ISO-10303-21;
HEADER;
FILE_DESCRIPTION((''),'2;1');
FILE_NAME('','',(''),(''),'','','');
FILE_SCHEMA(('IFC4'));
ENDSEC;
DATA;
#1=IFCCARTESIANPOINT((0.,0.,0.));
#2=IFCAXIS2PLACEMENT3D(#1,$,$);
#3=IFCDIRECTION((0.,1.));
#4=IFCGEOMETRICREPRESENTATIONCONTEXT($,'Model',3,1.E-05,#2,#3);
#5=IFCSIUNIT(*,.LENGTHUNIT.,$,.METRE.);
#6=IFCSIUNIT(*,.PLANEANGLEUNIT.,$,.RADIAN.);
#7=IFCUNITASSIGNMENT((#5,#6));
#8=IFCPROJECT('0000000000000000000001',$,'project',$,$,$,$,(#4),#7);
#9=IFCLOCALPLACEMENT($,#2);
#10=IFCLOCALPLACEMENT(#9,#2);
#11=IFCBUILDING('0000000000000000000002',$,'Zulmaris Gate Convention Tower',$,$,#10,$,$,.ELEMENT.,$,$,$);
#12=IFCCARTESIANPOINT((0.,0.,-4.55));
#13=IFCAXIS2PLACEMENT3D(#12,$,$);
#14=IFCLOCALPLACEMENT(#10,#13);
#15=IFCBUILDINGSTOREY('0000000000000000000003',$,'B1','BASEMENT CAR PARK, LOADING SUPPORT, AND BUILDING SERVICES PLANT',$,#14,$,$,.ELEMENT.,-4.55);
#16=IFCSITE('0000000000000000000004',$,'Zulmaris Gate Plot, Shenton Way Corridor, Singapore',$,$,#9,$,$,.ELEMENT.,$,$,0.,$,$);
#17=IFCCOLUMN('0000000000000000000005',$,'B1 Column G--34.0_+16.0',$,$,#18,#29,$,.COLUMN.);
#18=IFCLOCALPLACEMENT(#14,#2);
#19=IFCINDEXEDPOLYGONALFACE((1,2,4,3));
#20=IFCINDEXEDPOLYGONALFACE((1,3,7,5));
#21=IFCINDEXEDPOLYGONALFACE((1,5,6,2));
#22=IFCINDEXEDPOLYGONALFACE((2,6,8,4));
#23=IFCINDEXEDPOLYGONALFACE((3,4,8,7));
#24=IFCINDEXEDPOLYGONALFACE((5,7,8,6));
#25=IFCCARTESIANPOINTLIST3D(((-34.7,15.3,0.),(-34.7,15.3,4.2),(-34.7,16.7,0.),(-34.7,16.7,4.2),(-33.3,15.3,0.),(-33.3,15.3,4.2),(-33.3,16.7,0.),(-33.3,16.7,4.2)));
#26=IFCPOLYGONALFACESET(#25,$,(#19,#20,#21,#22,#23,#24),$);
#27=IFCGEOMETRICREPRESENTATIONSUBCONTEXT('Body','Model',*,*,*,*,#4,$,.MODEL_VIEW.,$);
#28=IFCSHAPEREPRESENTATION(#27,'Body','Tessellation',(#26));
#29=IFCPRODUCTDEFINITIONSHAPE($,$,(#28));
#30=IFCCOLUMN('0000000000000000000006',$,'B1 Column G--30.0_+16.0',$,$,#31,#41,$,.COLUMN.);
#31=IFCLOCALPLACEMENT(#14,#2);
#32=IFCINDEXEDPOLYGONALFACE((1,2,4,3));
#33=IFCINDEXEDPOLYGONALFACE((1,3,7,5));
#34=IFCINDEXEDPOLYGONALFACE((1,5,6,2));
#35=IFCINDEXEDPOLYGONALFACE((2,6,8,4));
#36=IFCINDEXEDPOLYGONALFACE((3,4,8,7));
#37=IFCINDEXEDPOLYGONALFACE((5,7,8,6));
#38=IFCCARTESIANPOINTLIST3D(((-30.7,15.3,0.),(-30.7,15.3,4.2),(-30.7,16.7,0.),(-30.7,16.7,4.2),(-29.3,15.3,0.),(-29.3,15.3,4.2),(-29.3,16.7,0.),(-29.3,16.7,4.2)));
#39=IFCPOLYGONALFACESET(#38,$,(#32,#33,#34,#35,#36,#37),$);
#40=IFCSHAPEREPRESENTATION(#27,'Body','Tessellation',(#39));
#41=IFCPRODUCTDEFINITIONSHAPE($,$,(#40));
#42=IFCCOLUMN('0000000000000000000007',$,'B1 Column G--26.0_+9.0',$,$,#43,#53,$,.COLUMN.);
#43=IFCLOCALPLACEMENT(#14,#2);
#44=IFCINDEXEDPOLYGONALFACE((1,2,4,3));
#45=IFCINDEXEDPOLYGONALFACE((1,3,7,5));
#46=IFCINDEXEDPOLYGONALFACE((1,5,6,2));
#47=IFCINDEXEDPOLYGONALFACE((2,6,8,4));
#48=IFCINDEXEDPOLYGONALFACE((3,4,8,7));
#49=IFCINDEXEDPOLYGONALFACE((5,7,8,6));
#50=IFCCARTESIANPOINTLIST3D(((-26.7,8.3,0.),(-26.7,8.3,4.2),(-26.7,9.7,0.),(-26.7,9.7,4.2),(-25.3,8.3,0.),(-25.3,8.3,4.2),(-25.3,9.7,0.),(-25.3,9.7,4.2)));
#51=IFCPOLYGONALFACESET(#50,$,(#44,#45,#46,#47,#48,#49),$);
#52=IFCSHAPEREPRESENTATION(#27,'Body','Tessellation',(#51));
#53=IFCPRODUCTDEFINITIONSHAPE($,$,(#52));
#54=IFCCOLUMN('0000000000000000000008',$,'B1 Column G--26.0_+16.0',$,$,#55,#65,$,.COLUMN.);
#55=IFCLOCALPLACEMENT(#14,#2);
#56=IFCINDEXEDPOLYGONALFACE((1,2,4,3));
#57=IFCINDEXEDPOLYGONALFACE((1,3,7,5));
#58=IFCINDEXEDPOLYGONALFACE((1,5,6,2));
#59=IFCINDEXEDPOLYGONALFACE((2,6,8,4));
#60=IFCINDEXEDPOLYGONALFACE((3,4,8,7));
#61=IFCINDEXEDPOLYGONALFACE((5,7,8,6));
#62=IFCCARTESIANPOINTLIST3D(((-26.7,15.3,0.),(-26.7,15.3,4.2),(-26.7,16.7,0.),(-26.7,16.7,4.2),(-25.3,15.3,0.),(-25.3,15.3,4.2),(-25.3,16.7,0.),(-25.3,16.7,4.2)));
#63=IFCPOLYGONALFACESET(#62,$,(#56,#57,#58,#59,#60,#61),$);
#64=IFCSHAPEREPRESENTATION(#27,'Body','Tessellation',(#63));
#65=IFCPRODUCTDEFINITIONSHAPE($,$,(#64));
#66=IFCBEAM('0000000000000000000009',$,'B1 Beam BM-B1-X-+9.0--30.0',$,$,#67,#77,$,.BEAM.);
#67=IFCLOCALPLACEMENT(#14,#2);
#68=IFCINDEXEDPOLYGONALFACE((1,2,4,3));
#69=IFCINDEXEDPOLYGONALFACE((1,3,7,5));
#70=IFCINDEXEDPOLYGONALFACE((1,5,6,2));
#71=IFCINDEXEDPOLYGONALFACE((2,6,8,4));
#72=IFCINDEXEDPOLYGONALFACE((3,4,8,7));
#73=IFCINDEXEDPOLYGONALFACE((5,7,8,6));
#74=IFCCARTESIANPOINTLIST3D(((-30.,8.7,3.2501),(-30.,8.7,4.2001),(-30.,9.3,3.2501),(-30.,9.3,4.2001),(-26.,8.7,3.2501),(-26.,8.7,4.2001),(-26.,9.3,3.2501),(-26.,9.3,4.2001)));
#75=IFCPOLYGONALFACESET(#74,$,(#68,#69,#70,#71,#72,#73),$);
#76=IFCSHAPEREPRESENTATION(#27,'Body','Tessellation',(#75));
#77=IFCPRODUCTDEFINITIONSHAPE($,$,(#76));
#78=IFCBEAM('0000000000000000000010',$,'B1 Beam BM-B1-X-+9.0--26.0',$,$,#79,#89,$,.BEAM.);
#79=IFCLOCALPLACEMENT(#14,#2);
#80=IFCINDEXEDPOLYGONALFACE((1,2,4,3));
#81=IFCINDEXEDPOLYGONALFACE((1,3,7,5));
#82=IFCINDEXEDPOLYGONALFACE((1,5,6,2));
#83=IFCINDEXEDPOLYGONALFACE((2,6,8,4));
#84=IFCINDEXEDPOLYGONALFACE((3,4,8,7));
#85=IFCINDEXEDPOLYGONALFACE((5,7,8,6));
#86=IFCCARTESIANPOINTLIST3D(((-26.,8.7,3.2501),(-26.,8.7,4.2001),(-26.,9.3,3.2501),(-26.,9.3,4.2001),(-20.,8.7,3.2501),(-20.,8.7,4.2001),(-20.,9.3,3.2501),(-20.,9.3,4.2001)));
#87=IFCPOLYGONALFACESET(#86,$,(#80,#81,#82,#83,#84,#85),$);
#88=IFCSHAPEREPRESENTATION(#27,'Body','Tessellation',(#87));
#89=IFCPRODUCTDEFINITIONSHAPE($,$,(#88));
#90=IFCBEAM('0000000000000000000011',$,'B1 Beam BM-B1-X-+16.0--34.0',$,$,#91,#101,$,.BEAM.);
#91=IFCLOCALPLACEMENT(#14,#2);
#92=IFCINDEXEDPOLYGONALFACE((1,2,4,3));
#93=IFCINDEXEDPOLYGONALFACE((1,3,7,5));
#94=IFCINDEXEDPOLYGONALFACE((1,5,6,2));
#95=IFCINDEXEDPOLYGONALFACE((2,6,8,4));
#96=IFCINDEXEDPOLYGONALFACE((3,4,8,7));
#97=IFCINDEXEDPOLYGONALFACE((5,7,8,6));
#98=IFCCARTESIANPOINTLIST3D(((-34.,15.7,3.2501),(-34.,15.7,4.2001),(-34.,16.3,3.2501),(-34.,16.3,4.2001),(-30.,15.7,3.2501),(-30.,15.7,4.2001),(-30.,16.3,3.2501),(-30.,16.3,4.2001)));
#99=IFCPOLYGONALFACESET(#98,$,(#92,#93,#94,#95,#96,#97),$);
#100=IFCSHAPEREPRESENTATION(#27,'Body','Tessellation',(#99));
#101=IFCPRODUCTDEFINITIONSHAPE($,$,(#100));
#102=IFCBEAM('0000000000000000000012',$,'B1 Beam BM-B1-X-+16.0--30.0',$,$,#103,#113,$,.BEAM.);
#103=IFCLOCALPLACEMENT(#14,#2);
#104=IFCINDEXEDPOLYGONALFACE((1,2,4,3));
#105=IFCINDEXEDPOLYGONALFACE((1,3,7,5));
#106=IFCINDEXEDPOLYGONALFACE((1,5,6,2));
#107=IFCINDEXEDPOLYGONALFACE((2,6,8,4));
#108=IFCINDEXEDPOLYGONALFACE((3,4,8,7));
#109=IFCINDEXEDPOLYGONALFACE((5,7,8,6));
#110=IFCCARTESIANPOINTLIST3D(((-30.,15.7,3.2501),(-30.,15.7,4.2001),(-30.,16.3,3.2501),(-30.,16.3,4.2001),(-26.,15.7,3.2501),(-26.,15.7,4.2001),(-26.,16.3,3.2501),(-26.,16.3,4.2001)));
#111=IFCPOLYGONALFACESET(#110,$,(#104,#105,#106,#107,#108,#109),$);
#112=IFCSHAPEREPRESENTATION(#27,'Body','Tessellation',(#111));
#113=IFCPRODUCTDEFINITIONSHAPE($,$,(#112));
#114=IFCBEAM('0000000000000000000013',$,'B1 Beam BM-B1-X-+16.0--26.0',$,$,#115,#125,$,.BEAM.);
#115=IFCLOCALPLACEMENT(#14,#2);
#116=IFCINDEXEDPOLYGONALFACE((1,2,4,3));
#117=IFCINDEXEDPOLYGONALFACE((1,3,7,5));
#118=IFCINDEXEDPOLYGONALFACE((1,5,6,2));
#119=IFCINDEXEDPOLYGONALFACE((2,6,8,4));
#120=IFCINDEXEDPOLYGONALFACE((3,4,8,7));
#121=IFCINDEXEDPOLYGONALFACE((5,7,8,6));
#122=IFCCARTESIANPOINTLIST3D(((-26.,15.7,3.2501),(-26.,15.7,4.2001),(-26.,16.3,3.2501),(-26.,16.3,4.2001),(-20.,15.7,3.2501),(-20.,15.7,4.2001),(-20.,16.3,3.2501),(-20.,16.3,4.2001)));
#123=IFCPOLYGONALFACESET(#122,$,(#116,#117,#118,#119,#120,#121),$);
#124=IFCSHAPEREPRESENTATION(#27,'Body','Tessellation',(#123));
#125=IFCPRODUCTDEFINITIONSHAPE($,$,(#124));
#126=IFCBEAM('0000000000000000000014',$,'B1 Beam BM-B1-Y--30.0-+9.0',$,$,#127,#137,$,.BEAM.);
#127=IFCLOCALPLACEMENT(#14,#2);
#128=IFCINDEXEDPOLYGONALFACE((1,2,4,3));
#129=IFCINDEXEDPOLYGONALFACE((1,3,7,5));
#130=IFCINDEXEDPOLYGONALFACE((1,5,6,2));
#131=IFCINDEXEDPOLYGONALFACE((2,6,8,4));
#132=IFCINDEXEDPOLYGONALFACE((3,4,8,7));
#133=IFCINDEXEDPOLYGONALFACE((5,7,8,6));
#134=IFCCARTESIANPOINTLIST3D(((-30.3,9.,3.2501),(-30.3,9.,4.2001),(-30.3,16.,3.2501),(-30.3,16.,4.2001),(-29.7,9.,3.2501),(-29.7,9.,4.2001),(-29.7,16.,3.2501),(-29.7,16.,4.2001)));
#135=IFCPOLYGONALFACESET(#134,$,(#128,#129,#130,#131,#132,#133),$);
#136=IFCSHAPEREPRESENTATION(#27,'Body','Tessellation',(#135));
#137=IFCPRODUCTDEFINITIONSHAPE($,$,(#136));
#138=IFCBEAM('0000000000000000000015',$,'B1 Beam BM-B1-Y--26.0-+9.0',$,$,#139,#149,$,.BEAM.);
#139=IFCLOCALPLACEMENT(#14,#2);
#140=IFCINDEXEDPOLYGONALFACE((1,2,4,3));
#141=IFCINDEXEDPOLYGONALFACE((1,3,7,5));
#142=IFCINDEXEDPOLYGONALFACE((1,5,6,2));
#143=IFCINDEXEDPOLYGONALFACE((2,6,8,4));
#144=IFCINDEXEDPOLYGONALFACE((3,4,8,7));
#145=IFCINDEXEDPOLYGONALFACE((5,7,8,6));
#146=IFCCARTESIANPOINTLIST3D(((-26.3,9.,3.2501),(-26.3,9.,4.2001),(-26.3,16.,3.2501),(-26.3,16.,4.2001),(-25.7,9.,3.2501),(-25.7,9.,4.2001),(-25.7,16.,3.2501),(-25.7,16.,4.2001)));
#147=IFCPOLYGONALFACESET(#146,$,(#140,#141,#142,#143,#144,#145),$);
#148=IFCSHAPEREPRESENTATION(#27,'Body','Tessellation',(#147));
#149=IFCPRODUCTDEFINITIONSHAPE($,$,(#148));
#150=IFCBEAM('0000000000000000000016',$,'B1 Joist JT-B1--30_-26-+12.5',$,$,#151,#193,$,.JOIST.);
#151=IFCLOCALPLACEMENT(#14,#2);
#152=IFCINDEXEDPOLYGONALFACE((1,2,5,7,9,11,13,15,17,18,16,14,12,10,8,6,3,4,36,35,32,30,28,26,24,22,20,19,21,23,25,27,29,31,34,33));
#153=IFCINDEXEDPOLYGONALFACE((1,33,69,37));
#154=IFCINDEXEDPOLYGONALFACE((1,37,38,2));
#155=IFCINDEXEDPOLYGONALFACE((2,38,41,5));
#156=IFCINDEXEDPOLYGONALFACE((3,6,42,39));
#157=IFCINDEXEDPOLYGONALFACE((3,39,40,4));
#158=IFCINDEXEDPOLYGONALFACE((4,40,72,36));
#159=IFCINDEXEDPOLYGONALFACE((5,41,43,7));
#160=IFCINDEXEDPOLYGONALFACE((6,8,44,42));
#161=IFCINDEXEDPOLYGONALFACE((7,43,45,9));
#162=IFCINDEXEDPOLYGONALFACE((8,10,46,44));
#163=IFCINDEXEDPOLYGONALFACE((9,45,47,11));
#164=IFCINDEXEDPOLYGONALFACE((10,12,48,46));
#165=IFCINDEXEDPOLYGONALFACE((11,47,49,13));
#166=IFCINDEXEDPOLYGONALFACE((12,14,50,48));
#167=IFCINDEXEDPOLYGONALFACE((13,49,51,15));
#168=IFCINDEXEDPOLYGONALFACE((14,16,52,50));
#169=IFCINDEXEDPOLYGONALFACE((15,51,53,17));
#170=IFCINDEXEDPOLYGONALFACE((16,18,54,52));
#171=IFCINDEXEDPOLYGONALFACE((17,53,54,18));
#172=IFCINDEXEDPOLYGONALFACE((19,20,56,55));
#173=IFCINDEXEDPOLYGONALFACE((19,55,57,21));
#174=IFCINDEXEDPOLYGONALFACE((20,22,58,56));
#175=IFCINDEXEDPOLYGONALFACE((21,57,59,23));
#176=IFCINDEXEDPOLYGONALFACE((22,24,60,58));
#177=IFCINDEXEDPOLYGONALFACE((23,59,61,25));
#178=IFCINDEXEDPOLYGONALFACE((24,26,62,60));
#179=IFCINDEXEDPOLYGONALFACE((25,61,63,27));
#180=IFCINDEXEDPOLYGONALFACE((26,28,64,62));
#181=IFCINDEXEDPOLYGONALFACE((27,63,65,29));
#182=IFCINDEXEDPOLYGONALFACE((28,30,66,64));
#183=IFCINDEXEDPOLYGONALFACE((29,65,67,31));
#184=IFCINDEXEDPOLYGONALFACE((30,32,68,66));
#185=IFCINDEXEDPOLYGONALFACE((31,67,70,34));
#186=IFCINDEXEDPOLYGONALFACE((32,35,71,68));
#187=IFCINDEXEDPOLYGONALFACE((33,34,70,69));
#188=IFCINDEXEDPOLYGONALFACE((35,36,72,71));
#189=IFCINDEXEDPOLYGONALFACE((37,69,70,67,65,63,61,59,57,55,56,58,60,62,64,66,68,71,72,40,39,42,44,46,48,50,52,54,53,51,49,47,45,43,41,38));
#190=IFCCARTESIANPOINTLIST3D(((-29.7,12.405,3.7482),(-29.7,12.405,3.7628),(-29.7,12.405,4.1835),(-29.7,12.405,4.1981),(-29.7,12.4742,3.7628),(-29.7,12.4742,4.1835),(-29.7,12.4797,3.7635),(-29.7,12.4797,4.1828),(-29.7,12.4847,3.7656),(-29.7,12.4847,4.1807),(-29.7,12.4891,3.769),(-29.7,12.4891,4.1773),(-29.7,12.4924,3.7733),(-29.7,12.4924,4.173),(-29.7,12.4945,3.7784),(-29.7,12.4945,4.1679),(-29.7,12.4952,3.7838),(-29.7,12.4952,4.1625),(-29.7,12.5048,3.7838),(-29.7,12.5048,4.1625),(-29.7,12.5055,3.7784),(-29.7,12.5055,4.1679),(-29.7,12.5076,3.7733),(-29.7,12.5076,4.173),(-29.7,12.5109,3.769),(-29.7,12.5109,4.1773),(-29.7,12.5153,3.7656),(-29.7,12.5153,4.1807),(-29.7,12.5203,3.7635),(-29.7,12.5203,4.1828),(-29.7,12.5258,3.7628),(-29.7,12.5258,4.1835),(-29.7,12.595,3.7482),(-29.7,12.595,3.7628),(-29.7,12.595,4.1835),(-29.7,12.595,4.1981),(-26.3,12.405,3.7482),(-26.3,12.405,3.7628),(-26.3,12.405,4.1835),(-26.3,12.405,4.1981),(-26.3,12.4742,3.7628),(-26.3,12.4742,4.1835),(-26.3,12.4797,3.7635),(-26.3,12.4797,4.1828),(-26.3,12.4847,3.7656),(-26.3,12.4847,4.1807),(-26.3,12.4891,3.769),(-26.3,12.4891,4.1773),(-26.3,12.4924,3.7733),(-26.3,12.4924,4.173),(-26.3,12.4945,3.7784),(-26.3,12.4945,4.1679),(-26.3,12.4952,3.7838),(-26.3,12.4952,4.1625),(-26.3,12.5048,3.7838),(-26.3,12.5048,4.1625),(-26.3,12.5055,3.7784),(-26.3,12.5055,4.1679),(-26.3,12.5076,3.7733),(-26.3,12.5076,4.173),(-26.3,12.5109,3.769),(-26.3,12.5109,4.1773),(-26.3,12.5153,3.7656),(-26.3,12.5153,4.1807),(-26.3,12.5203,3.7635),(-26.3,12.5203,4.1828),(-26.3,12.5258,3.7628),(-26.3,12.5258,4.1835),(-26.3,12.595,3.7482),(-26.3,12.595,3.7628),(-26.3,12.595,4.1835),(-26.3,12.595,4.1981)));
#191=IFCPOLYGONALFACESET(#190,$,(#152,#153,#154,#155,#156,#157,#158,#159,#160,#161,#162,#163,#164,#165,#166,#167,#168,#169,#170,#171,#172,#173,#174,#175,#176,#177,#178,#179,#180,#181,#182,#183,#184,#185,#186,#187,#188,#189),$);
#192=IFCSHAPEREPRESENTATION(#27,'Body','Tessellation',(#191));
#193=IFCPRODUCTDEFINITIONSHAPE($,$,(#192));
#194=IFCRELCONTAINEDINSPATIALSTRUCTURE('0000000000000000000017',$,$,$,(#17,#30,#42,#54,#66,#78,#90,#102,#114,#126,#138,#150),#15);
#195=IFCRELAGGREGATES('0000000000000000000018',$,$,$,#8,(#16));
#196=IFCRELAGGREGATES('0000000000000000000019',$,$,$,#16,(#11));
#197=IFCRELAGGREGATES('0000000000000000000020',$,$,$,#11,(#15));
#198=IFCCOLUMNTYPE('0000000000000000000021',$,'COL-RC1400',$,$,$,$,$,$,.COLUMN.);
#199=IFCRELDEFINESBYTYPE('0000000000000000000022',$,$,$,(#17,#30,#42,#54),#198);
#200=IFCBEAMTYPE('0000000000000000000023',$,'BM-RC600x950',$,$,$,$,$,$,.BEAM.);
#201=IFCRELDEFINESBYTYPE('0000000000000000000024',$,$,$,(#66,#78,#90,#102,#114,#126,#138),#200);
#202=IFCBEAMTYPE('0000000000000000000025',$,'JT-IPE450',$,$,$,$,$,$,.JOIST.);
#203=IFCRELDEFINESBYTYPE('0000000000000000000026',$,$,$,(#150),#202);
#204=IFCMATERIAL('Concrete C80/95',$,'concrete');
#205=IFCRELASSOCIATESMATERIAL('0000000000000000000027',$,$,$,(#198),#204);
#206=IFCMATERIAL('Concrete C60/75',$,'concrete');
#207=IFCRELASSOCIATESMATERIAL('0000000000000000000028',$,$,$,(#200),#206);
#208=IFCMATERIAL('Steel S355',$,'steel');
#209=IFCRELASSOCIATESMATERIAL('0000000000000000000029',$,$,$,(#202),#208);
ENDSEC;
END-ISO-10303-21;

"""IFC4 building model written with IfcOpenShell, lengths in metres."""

from ifc_helpers import new_model, si_unit, direction, frame, origin, origin_2d, place, context, subcontext, project, spatial, rectangle, i_section, extrude, material, material_profile, profile_set, type_object, element, save


model = new_model("IFC4")

# Units and contexts
model_context = context("Model", 3, precision=1e-05, world=origin(), true_north=direction((0.0, 1.0)))
body_context = subcontext(model_context, "Body", "Model", "MODEL_VIEW")
ifc_project = project(units=[si_unit("LENGTHUNIT", "METRE"), si_unit("PLANEANGLEUNIT", "RADIAN")], contexts=[model_context])

# Site, building, storey
site_placement = place(None, origin())
site = spatial("IfcSite", under=ifc_project, at=site_placement, Name="Zulmaris Gate Plot, Shenton Way Corridor, Singapore", CompositionType="ELEMENT", RefElevation=0.0)
building_placement = place(site_placement, origin())
building = spatial("IfcBuilding", under=site, at=building_placement, Name="Zulmaris Gate Convention Tower", CompositionType="ELEMENT")
storey_placement = place(building_placement, frame((0.0, 0.0, -4.55)))
storey = spatial("IfcBuildingStorey", under=building, at=storey_placement, Name="B1", Description="BASEMENT CAR PARK, LOADING SUPPORT, AND BUILDING SERVICES PLANT", CompositionType="ELEMENT", Elevation=-4.55)

# Columns
ifc_material_1 = material(Name="Concrete C80/95", Category="concrete")
ifc_material_profile_1 = material_profile(ifc_material_1, rectangle(XDim=1.3999, YDim=1.3999, at=origin_2d()), Name="RC COL 1400x1400")
ifc_profile_set_1 = profile_set([ifc_material_profile_1], Name="Concrete C80/95")
column_type = type_object("IfcColumnType", Name="COL-RC1400", PredefinedType="COLUMN", material=ifc_profile_set_1)
for number, where, z_axis, x_axis, name in (
    (1, (-34.0, 16.0, 0.0), (0.0, 0.0, 1.0), (1.0, 0.0, 0.0), "B1 Column G--34.0_+16.0"),
    (2, (-30.0, 16.0, 0.0), (0.0, 0.0, 1.0), (1.0, 0.0, 0.0), "B1 Column G--30.0_+16.0"),
    (3, (-26.0, 9.0, 0.0), (0.0, 0.0, 1.0), (1.0, 0.0, 0.0), "B1 Column G--26.0_+9.0"),
    (4, (-26.0, 16.0, 0.0), (0.0, 0.0, 1.0), (1.0, 0.0, 0.0), "B1 Column G--26.0_+16.0"),
):
    element("IfcColumn", number, at=place(storey_placement, frame(where, z_axis=z_axis, x_axis=x_axis)), inside=storey, type_object=column_type, Name=name, PredefinedType="COLUMN", context=body_context, shape_type="SweptSolid", body=[
        extrude(rectangle(XDim=1.3999, YDim=1.3999, at=origin_2d()), origin(), (0.0, 0.0, 1.0), 4.2),
    ])

# Beams
ifc_material_2 = material(Name="Concrete C60/75", Category="concrete")
ifc_material_profile_2 = material_profile(ifc_material_2, rectangle(XDim=0.6001, YDim=0.95, at=origin_2d()), Name="RC BEAM 600x950")
ifc_profile_set_2 = profile_set([ifc_material_profile_2], Name="Concrete C60/75")
beam_type_1 = type_object("IfcBeamType", Name="BM-RC600x950", PredefinedType="BEAM", material=ifc_profile_set_2)
beam_1_placement = place(storey_placement, frame((-30.0, 9.0, 3.7251), z_axis=(1.0, 0.0, 0.0), x_axis=(0.0, 1.0, 0.0)))
element("IfcBeam", 5, at=beam_1_placement, inside=storey, type_object=beam_type_1, Name="B1 Beam BM-B1-X-+9.0--30.0", PredefinedType="BEAM", context=body_context, shape_type="SweptSolid", body=[
    extrude(rectangle(XDim=0.6001, YDim=0.95, at=origin_2d()), origin(), (0.0, 0.0, 1.0), 4.0),
])
beam_2_placement = place(storey_placement, frame((-26.0, 9.0, 3.7251), z_axis=(1.0, 0.0, 0.0), x_axis=(0.0, 1.0, 0.0)))
element("IfcBeam", 6, at=beam_2_placement, inside=storey, type_object=beam_type_1, Name="B1 Beam BM-B1-X-+9.0--26.0", PredefinedType="BEAM", context=body_context, shape_type="SweptSolid", body=[
    extrude(rectangle(XDim=0.6001, YDim=0.95, at=origin_2d()), origin(), (0.0, 0.0, 1.0), 6.0),
])
for number, where, z_axis, x_axis, name in (
    (7, (-34.0, 16.0, 3.7251), (1.0, 0.0, 0.0), (0.0, 1.0, 0.0), "B1 Beam BM-B1-X-+16.0--34.0"),
    (8, (-30.0, 16.0, 3.7251), (1.0, 0.0, 0.0), (0.0, 1.0, 0.0), "B1 Beam BM-B1-X-+16.0--30.0"),
):
    element("IfcBeam", number, at=place(storey_placement, frame(where, z_axis=z_axis, x_axis=x_axis)), inside=storey, type_object=beam_type_1, Name=name, PredefinedType="BEAM", context=body_context, shape_type="SweptSolid", body=[
        extrude(rectangle(XDim=0.6001, YDim=0.95, at=origin_2d()), origin(), (0.0, 0.0, 1.0), 4.0),
    ])
beam_3_placement = place(storey_placement, frame((-26.0, 16.0, 3.7251), z_axis=(1.0, 0.0, 0.0), x_axis=(0.0, 1.0, 0.0)))
element("IfcBeam", 9, at=beam_3_placement, inside=storey, type_object=beam_type_1, Name="B1 Beam BM-B1-X-+16.0--26.0", PredefinedType="BEAM", context=body_context, shape_type="SweptSolid", body=[
    extrude(rectangle(XDim=0.6001, YDim=0.95, at=origin_2d()), origin(), (0.0, 0.0, 1.0), 6.0),
])
for number, where, z_axis, x_axis, name in (
    (10, (-30.0, 9.0, 3.7251), (0.0, 1.0, 0.0), (-1.0, 0.0, 0.0), "B1 Beam BM-B1-Y--30.0-+9.0"),
    (11, (-26.0, 9.0, 3.7251), (0.0, 1.0, 0.0), (-1.0, 0.0, 0.0), "B1 Beam BM-B1-Y--26.0-+9.0"),
):
    element("IfcBeam", number, at=place(storey_placement, frame(where, z_axis=z_axis, x_axis=x_axis)), inside=storey, type_object=beam_type_1, Name=name, PredefinedType="BEAM", context=body_context, shape_type="SweptSolid", body=[
        extrude(rectangle(XDim=0.6001, YDim=0.95, at=origin_2d()), origin(), (0.0, 0.0, 1.0), 7.0),
    ])
ifc_material_3 = material(Name="Steel S355", Category="steel")
ifc_material_profile_3 = material_profile(ifc_material_3, i_section(OverallWidth=0.1899, OverallDepth=0.45, WebThickness=0.0095, FlangeThickness=0.0146, FilletRadius=0.021, at=origin_2d()), Name="IPE 450")
ifc_profile_set_3 = profile_set([ifc_material_profile_3], Name="Steel S355")
beam_type_2 = type_object("IfcBeamType", Name="JT-IPE450", PredefinedType="JOIST", material=ifc_profile_set_3)
beam_4_placement = place(storey_placement, frame((-29.7, 12.5, 3.9731), z_axis=(1.0, 0.0, 0.0), x_axis=(0.0, 1.0, 0.0)))
element("IfcBeam", 12, at=beam_4_placement, inside=storey, type_object=beam_type_2, Name="B1 Joist JT-B1--30_-26-+12.5", PredefinedType="JOIST", context=body_context, shape_type="SweptSolid", body=[
    extrude(i_section(OverallWidth=0.1899, OverallDepth=0.45, WebThickness=0.0095, FlangeThickness=0.0146, FilletRadius=0.021, at=origin_2d()), origin(), (0.0, 0.0, 1.0), 3.3999),
])

save(model, "model.ifc")
